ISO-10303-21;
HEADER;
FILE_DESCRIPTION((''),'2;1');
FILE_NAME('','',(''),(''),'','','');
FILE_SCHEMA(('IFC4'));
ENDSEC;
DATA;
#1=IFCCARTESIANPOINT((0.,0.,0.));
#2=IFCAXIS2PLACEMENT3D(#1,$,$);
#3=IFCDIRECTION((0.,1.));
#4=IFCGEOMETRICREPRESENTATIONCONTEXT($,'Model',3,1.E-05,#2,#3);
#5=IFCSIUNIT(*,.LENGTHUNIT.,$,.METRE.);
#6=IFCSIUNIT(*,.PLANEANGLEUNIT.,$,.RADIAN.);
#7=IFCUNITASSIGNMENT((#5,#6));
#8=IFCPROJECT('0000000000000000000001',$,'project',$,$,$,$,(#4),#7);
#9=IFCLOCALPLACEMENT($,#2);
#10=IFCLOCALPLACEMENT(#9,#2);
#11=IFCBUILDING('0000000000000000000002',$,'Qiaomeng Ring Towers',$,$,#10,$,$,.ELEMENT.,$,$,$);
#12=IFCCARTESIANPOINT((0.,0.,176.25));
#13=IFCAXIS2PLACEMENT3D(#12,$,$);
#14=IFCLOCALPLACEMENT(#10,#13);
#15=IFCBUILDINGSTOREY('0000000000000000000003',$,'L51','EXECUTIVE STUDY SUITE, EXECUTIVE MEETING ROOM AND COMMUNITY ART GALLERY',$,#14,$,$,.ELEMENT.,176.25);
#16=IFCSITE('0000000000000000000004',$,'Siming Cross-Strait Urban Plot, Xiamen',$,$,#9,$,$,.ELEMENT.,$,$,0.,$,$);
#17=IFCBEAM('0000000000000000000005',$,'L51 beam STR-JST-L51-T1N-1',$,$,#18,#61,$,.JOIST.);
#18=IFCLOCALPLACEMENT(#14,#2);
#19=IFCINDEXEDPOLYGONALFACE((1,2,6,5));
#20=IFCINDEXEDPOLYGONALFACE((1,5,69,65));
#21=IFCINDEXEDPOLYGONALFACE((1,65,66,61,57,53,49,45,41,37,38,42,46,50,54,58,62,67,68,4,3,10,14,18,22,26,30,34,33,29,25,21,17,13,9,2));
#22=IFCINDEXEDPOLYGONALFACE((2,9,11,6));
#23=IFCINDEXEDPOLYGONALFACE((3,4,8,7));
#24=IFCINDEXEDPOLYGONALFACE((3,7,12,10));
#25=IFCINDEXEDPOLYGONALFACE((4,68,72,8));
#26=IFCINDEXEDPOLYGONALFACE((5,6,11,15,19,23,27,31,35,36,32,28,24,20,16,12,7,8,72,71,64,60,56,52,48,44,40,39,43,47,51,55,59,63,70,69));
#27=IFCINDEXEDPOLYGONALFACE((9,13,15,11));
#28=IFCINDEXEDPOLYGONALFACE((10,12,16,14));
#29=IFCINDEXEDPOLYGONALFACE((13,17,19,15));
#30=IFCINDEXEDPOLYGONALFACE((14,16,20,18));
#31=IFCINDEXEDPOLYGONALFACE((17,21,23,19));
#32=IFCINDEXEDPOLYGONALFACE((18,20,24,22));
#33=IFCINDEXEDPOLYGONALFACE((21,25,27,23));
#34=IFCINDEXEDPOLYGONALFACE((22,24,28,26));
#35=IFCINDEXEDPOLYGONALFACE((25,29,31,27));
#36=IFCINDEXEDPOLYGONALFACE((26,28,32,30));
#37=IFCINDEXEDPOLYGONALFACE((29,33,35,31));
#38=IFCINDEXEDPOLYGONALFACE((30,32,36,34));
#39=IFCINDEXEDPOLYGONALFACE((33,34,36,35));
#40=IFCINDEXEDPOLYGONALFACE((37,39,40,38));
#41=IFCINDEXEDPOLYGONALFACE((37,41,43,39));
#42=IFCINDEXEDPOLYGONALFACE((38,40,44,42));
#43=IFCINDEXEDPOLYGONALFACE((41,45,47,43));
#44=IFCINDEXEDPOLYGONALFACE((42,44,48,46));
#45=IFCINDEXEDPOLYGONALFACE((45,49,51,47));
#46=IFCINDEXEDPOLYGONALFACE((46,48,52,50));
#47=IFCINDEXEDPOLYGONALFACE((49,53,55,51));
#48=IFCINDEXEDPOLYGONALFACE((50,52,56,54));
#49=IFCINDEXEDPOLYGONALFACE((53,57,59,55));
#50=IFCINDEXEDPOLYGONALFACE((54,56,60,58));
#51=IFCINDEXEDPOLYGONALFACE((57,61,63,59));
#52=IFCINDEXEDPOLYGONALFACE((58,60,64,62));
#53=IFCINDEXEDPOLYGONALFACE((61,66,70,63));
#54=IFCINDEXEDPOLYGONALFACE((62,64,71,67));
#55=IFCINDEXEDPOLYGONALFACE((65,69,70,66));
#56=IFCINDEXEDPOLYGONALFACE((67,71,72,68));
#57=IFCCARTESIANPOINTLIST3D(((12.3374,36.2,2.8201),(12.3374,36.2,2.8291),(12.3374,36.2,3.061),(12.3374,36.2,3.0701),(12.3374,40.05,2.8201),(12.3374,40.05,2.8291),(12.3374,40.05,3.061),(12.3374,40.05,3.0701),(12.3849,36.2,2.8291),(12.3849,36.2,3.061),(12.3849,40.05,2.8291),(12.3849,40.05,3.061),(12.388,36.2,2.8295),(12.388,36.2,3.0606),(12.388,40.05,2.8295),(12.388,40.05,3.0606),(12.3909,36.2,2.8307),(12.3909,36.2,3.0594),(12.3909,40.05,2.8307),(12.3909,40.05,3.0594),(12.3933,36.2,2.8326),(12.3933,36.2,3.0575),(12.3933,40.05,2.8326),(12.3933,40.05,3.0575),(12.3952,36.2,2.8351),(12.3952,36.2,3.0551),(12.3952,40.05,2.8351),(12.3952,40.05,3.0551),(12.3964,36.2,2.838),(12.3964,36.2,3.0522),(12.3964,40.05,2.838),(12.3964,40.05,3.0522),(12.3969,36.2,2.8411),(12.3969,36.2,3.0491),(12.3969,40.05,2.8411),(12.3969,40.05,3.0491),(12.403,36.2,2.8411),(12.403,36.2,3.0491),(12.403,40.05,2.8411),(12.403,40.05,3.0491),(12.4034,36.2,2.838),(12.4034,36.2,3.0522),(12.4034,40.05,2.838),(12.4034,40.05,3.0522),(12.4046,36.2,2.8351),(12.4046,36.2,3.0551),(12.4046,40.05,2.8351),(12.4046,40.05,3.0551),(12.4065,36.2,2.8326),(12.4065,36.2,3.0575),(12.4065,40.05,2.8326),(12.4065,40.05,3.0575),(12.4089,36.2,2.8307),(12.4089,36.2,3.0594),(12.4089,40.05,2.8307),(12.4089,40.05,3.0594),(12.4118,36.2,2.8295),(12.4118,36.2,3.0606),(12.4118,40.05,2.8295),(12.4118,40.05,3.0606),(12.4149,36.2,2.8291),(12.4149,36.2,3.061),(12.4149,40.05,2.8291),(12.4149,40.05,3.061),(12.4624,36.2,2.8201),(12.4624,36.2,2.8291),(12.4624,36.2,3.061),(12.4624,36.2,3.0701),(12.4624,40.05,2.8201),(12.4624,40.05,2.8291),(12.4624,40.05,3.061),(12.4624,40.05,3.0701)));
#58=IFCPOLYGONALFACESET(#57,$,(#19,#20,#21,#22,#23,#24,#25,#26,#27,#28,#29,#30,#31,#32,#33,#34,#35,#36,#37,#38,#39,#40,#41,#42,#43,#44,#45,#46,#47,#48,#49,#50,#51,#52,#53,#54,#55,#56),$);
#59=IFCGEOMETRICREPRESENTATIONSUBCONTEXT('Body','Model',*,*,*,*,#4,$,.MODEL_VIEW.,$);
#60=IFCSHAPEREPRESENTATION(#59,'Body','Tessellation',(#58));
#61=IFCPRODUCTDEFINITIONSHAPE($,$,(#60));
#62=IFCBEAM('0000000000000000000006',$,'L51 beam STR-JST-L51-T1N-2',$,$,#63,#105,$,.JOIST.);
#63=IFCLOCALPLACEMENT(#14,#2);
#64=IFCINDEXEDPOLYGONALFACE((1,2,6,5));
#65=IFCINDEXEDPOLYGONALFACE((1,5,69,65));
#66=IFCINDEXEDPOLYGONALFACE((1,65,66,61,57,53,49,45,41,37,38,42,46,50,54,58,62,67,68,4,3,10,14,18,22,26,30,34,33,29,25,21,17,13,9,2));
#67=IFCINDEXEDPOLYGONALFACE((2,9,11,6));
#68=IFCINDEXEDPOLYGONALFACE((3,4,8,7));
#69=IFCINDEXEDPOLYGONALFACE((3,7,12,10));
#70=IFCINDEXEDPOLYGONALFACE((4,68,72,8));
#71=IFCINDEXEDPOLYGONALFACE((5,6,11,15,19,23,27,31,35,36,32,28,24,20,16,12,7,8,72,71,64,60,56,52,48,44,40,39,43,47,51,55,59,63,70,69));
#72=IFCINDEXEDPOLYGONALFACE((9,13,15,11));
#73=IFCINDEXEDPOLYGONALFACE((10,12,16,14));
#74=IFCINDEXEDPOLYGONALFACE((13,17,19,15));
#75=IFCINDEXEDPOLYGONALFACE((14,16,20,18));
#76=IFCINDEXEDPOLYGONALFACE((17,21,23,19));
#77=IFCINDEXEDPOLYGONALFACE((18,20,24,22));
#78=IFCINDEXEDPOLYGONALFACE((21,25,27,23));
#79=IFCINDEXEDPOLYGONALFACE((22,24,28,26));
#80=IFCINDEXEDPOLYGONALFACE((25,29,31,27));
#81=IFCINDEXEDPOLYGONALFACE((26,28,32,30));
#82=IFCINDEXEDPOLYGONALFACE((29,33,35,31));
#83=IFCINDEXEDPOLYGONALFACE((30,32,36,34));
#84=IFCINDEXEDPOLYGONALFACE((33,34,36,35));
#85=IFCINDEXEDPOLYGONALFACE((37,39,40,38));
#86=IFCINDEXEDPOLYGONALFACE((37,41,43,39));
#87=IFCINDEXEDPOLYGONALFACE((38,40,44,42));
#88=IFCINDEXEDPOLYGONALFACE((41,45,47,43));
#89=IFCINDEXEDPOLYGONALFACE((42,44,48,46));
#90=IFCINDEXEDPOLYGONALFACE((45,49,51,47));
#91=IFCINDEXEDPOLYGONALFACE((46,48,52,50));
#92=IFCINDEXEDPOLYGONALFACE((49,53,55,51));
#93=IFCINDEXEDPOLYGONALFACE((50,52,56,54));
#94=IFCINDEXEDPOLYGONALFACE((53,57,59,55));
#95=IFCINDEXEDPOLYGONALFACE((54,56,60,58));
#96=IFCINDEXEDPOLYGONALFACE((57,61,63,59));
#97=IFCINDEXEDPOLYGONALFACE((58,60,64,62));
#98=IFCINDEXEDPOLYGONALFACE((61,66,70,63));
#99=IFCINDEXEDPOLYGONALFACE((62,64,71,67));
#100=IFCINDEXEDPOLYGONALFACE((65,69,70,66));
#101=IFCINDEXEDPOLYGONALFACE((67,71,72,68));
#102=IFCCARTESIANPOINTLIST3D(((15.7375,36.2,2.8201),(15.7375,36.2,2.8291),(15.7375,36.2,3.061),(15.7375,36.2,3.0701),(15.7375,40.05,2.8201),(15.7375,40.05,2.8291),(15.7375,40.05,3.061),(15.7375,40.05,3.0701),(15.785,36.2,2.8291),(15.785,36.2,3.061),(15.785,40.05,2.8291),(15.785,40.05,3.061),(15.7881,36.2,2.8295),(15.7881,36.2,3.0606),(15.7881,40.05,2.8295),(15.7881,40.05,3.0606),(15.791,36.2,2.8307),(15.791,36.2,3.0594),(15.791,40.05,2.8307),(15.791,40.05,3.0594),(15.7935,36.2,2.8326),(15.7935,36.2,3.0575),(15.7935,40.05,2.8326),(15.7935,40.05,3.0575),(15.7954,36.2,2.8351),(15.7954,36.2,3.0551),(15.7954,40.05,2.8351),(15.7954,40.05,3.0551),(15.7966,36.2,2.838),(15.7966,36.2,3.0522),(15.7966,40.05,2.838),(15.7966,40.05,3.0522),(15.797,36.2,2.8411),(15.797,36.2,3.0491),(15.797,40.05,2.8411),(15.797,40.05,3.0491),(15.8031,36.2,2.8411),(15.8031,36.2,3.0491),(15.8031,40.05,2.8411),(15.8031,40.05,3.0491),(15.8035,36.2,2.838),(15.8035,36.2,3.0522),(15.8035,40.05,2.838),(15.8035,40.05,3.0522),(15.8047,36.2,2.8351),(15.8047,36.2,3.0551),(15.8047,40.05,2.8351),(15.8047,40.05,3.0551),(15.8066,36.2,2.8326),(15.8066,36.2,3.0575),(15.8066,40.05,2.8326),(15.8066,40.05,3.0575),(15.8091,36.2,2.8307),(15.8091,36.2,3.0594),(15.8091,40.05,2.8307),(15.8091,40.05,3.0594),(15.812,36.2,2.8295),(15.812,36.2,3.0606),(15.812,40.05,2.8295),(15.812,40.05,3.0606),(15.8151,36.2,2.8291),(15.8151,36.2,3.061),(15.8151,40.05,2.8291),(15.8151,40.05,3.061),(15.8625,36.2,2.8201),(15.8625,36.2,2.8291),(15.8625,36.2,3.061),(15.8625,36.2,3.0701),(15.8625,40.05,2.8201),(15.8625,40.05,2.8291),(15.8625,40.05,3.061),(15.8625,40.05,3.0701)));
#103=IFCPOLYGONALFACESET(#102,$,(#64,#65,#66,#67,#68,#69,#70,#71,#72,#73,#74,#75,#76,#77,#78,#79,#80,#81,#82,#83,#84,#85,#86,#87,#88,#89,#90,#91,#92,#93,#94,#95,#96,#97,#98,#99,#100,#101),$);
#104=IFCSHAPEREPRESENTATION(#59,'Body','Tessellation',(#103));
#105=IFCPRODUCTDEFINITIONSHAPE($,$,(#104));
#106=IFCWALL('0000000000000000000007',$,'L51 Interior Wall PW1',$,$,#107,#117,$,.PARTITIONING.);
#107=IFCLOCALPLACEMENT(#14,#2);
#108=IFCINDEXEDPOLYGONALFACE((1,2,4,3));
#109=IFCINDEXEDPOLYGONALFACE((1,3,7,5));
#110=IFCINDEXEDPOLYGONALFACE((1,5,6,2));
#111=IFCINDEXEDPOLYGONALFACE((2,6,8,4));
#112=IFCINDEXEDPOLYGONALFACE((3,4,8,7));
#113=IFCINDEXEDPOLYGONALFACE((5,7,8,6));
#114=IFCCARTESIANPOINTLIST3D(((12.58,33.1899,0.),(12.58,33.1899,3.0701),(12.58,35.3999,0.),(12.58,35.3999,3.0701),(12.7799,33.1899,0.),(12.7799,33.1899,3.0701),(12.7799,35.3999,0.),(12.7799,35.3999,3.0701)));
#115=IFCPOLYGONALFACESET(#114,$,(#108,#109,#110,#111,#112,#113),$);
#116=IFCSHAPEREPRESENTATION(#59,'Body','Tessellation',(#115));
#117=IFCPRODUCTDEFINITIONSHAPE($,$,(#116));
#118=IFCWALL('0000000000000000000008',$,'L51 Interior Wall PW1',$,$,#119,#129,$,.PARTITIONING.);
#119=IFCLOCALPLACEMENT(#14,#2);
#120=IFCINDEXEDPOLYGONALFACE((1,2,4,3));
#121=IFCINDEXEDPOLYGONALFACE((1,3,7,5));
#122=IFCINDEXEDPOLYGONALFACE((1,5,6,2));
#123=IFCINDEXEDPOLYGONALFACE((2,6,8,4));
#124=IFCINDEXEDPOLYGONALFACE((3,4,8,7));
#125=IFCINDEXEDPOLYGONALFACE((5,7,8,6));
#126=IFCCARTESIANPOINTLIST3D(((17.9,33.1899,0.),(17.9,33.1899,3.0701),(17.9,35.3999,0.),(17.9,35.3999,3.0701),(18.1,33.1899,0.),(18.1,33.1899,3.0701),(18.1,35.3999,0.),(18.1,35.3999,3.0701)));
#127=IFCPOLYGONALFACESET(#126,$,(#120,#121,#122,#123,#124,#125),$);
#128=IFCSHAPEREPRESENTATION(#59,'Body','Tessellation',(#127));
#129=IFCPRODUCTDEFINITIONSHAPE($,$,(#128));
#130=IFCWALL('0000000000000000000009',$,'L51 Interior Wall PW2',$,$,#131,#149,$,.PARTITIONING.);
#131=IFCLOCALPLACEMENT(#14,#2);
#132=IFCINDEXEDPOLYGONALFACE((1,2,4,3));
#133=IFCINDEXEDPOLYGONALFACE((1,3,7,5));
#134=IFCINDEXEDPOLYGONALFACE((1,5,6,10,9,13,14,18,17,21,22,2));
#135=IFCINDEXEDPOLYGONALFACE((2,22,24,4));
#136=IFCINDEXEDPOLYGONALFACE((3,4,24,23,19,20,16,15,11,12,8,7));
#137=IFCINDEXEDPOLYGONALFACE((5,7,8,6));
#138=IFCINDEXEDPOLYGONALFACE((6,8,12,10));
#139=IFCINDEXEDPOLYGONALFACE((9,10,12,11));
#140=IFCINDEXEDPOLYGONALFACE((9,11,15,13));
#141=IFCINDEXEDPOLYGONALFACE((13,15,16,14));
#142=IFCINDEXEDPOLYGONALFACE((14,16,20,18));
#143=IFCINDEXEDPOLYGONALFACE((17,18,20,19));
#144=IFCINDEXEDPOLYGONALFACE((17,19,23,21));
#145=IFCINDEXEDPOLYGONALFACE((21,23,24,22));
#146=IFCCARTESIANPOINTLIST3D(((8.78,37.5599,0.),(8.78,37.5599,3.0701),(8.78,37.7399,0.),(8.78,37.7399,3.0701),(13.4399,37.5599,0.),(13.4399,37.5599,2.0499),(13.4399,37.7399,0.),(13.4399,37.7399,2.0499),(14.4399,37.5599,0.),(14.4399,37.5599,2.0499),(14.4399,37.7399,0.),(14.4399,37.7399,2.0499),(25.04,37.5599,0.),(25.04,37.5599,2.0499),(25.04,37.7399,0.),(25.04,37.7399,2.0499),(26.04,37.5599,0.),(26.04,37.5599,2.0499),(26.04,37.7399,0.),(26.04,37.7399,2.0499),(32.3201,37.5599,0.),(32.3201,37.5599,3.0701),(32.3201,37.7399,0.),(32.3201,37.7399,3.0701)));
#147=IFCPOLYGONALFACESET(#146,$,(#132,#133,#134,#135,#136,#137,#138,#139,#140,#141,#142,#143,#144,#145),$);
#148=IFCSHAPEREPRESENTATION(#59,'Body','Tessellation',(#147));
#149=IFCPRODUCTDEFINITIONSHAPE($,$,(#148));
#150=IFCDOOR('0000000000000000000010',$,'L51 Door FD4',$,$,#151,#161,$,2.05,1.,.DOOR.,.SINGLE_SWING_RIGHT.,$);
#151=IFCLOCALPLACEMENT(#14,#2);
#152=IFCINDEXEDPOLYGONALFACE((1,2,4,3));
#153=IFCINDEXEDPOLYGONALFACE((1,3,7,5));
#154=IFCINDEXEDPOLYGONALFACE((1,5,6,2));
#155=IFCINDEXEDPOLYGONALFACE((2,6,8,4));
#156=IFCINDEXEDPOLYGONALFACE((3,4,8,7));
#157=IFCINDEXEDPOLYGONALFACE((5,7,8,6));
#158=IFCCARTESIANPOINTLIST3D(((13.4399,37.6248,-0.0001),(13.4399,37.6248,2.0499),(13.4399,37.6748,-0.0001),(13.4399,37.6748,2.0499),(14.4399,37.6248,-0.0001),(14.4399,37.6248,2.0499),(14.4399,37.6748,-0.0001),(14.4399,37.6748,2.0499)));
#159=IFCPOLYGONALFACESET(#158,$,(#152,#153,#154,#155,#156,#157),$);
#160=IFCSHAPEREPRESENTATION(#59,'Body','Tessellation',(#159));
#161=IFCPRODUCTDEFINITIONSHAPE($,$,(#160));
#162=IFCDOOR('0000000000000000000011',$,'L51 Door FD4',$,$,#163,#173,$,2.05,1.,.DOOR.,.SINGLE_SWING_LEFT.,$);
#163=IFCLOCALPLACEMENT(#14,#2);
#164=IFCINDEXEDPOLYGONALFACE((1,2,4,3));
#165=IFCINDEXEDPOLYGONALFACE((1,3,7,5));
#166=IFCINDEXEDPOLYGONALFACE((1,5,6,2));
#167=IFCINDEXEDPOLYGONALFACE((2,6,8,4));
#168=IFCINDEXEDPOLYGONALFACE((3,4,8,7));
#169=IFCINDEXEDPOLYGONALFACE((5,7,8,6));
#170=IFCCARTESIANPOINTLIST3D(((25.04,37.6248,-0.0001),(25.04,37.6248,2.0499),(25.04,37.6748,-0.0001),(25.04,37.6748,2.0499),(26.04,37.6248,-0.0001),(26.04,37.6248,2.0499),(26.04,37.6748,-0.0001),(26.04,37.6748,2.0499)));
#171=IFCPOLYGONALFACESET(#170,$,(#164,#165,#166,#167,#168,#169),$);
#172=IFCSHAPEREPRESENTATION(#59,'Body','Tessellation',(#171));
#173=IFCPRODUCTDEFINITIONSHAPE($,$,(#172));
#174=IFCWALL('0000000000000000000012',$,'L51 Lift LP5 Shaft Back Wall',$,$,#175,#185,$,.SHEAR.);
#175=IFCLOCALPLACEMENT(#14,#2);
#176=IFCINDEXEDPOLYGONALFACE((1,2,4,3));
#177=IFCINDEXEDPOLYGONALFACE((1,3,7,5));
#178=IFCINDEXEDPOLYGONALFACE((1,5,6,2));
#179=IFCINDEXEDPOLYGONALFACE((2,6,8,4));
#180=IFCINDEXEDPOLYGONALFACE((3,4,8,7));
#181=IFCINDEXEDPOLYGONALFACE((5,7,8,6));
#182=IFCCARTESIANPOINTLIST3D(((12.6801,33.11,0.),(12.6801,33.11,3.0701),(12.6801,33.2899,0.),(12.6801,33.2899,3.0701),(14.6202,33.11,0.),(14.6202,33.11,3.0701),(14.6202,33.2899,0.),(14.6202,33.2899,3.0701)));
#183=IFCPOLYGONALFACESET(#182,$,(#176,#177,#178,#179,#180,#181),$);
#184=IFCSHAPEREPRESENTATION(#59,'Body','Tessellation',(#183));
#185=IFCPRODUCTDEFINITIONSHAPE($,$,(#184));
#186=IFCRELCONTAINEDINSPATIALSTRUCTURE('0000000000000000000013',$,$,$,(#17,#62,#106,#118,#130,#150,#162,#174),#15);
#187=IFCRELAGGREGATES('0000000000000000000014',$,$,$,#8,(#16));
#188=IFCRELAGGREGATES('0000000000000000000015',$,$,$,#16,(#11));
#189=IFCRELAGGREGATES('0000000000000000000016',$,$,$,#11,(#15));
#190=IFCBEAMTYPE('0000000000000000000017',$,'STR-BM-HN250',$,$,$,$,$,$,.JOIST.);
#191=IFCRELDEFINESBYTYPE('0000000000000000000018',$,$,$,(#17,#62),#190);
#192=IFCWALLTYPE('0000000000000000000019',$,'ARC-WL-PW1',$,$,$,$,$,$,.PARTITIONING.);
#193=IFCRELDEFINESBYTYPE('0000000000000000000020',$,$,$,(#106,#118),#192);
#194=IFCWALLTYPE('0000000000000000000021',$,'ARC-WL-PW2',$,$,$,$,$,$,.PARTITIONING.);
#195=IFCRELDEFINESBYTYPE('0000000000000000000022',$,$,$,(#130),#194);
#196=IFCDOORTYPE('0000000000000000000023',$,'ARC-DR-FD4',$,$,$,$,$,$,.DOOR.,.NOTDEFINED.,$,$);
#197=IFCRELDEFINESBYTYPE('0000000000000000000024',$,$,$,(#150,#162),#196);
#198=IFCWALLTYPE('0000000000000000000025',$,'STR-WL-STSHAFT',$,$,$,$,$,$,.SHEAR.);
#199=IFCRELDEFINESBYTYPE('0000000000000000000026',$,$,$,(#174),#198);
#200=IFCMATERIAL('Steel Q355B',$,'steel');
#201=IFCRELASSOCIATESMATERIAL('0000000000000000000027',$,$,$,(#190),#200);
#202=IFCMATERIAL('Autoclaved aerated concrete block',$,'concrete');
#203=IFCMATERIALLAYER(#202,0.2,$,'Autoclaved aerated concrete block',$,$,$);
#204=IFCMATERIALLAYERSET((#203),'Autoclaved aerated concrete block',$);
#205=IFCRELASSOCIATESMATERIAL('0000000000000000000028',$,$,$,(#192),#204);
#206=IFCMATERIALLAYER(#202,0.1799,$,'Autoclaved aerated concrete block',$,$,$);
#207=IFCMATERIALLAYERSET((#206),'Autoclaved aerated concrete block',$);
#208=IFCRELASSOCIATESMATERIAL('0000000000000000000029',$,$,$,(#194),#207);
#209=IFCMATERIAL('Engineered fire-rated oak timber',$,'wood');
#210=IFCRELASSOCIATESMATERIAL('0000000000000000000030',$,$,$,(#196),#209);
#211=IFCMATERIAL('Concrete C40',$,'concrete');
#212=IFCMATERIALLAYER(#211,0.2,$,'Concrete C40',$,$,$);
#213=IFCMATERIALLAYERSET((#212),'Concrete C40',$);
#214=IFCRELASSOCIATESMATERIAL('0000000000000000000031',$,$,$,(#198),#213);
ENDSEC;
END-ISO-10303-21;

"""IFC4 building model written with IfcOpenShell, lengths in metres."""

from ifc_helpers import new_model, si_unit, direction, frame, frame_2d, origin, origin_2d, place, context, subcontext, project, spatial, rectangle, i_section, extrude, source, transform, mapped, material, layer, layer_set, material_profile, profile_set, type_object, element, fill, save


model = new_model("IFC4")

# Units and contexts
model_context = context("Model", 3, precision=1e-05, world=origin(), true_north=direction((0.0, 1.0)))
body_context = subcontext(model_context, "Body", "Model", "MODEL_VIEW")
ifc_project = project(units=[si_unit("LENGTHUNIT", "METRE"), si_unit("PLANEANGLEUNIT", "RADIAN")], contexts=[model_context])

# Site, building, storey
site_placement = place(None, origin())
site = spatial("IfcSite", under=ifc_project, at=site_placement, Name="Siming Cross-Strait Urban Plot, Xiamen", CompositionType="ELEMENT", RefElevation=0.0)
building_placement = place(site_placement, origin())
building = spatial("IfcBuilding", under=site, at=building_placement, Name="Qiaomeng Ring Towers", CompositionType="ELEMENT")
storey_placement = place(building_placement, frame((0.0, 0.0, 176.25)))
storey = spatial("IfcBuildingStorey", under=building, at=storey_placement, Name="L51", Description="EXECUTIVE STUDY SUITE, EXECUTIVE MEETING ROOM AND COMMUNITY ART GALLERY", CompositionType="ELEMENT", Elevation=176.25)

# Beams
ifc_material_1 = material(Name="Steel Q355B", Category="steel")
ifc_material_profile_1 = material_profile(ifc_material_1, i_section(OverallWidth=0.125, OverallDepth=0.25, WebThickness=0.0061, FlangeThickness=0.009, FilletRadius=0.012, at=origin_2d()), Name="HN 250x125x6x9")
ifc_profile_set_1 = profile_set([ifc_material_profile_1], Name="Steel Q355B")
beam_type = type_object("IfcBeamType", Name="STR-BM-HN250", PredefinedType="JOIST", material=ifc_profile_set_1)
shared_shape_1 = source(origin(), body_context, "Body", "SweptSolid", [
    extrude(i_section(OverallWidth=0.125, OverallDepth=0.25, WebThickness=0.0061, FlangeThickness=0.009, FilletRadius=0.012, at=origin_2d()), origin(), (0.0, 0.0, 1.0), 3.8501),
])
for number, where, z_axis, x_axis, name in (
    (1, (12.3999, 36.2, 2.9451), (0.0, 1.0, 0.0), (-1.0, 0.0, 0.0), "L51 beam STR-JST-L51-T1N-1"),
    (2, (15.8, 36.2, 2.9451), (0.0, 1.0, 0.0), (-1.0, 0.0, 0.0), "L51 beam STR-JST-L51-T1N-2"),
):
    element("IfcBeam", number, at=place(storey_placement, frame(where, z_axis=z_axis, x_axis=x_axis)), inside=storey, type_object=beam_type, Name=name, PredefinedType="JOIST", context=body_context, shape_type="MappedRepresentation", body=[
        mapped(shared_shape_1, transform((0.0, 0.0, 0.0), x_axis=(1.0, 0.0, 0.0), y_axis=(0.0, 1.0, 0.0), z_axis=(0.0, 0.0, 1.0), scale=1.0)),
    ])

# Walls
ifc_material_2 = material(Name="Autoclaved aerated concrete block", Category="concrete")
ifc_layer_1 = layer(ifc_material_2, 0.2, Name="Autoclaved aerated concrete block")
ifc_layer_set_1 = layer_set([ifc_layer_1], Name="Autoclaved aerated concrete block")
wall_type_1 = type_object("IfcWallType", Name="ARC-WL-PW1", PredefinedType="PARTITIONING", material=ifc_layer_set_1)
for number, where, z_axis, x_axis, name in (
    (3, (12.6799, 33.1899, 0.0), (0.0, 0.0, 1.0), (0.0, 1.0, 0.0), "L51 Interior Wall PW1"),
    (4, (18.0, 33.1899, 0.0), (0.0, 0.0, 1.0), (0.0, 1.0, 0.0), "L51 Interior Wall PW1"),
):
    element("IfcWall", number, at=place(storey_placement, frame(where, z_axis=z_axis, x_axis=x_axis)), inside=storey, type_object=wall_type_1, Name=name, PredefinedType="PARTITIONING", context=body_context, shape_type="SweptSolid", body=[
        extrude(rectangle(XDim=2.21, YDim=0.2, at=frame_2d((1.105, 0.0))), origin(), (0.0, 0.0, 1.0), 3.0701),
    ])

# Wall, openings, doors
ifc_layer_2 = layer(ifc_material_2, 0.1799, Name="Autoclaved aerated concrete block")
ifc_layer_set_2 = layer_set([ifc_layer_2], Name="Autoclaved aerated concrete block")
wall_type_2 = type_object("IfcWallType", Name="ARC-WL-PW2", PredefinedType="PARTITIONING", material=ifc_layer_set_2)
wall_1_placement = place(storey_placement, frame((8.78, 37.6499, 0.0), z_axis=(0.0, 0.0, 1.0), x_axis=(1.0, 0.0, 0.0)))
wall_1 = element("IfcWall", 5, at=wall_1_placement, inside=storey, type_object=wall_type_2, Name="L51 Interior Wall PW2", PredefinedType="PARTITIONING", context=body_context, shape_type="SweptSolid", body=[
    extrude(rectangle(XDim=23.54, YDim=0.1799, at=frame_2d((11.77, 0.0))), origin(), (0.0, 0.0, 1.0), 3.0701),
])
opening_1_placement = place(wall_1_placement, frame((4.6599, 0.0, 0.0)))
opening_1 = element("IfcOpeningElement", 6, at=opening_1_placement, cuts=wall_1, PredefinedType="OPENING", context=body_context, shape_type="SweptSolid", body=[
    extrude(rectangle(XDim=1.0, YDim=2.05, at=frame_2d((0.5, 1.0249))), frame((0.0, 0.0999, 0.0), z_axis=(0.0, -1.0, 0.0), x_axis=(1.0, 0.0, 0.0)), (0.0, 0.0, 1.0), 0.2),
])
opening_2_placement = place(wall_1_placement, frame((16.26, 0.0, 0.0)))
opening_2 = element("IfcOpeningElement", 7, at=opening_2_placement, cuts=wall_1, PredefinedType="OPENING", context=body_context, shape_type="SweptSolid", body=[
    extrude(rectangle(XDim=1.0, YDim=2.05, at=frame_2d((0.5, 1.0249))), frame((0.0, 0.0999, 0.0), z_axis=(0.0, -1.0, 0.0), x_axis=(1.0, 0.0, 0.0)), (0.0, 0.0, 1.0), 0.2),
])
ifc_material_3 = material(Name="Engineered fire-rated oak timber", Category="wood")
door_type_1 = type_object("IfcDoorType", Name="ARC-DR-FD4", OperationType="NOTDEFINED", PredefinedType="DOOR", material=ifc_material_3)
shared_shape_2 = source(origin(), body_context, "Body", "SweptSolid", [
    extrude(rectangle(XDim=1.0, YDim=2.05, at=frame_2d((0.5, 1.0249))), frame((0.0, 0.0249, 0.0), z_axis=(0.0, -1.0, 0.0), x_axis=(1.0, 0.0, 0.0)), (0.0, 0.0, 1.0), 0.05),
])
door_1_placement = place(opening_1_placement, origin())
door_1 = element("IfcDoor", 8, at=door_1_placement, inside=storey, type_object=door_type_1, Name="L51 Door FD4", OperationType="SINGLE_SWING_RIGHT", OverallHeight=2.05, OverallWidth=1.0, PredefinedType="DOOR", context=body_context, shape_type="MappedRepresentation", body=[
    mapped(shared_shape_2, transform((0.0, 0.0, 0.0), x_axis=(1.0, 0.0, 0.0), y_axis=(0.0, 1.0, 0.0), z_axis=(0.0, 0.0, 1.0), scale=1.0)),
])
fill(opening_1, door_1)
door_2_placement = place(opening_2_placement, origin())
door_2 = element("IfcDoor", 9, at=door_2_placement, inside=storey, type_object=door_type_1, Name="L51 Door FD4", OperationType="SINGLE_SWING_LEFT", OverallHeight=2.05, OverallWidth=1.0, PredefinedType="DOOR", context=body_context, shape_type="MappedRepresentation", body=[
    mapped(shared_shape_2, transform((0.0, 0.0, 0.0), x_axis=(1.0, 0.0, 0.0), y_axis=(0.0, 1.0, 0.0), z_axis=(0.0, 0.0, 1.0), scale=1.0)),
])
fill(opening_2, door_2)

# Wall
ifc_material_4 = material(Name="Concrete C40", Category="concrete")
ifc_layer_3 = layer(ifc_material_4, 0.2, Name="Concrete C40")
ifc_layer_set_3 = layer_set([ifc_layer_3], Name="Concrete C40")
wall_type_3 = type_object("IfcWallType", Name="STR-WL-STSHAFT", PredefinedType="SHEAR", material=ifc_layer_set_3)
wall_2_placement = place(storey_placement, frame((12.6799, 33.2, 0.0), z_axis=(0.0, 0.0, 1.0), x_axis=(1.0, 0.0, 0.0)))
element("IfcWall", 10, at=wall_2_placement, inside=storey, type_object=wall_type_3, Name="L51 Lift LP5 Shaft Back Wall", PredefinedType="SHEAR", context=body_context, shape_type="SweptSolid", body=[
    extrude(rectangle(XDim=1.9402, YDim=0.1799, at=frame_2d((0.9702, 0.0))), origin(), (0.0, 0.0, 1.0), 3.0701),
])

save(model, "model.ifc")
